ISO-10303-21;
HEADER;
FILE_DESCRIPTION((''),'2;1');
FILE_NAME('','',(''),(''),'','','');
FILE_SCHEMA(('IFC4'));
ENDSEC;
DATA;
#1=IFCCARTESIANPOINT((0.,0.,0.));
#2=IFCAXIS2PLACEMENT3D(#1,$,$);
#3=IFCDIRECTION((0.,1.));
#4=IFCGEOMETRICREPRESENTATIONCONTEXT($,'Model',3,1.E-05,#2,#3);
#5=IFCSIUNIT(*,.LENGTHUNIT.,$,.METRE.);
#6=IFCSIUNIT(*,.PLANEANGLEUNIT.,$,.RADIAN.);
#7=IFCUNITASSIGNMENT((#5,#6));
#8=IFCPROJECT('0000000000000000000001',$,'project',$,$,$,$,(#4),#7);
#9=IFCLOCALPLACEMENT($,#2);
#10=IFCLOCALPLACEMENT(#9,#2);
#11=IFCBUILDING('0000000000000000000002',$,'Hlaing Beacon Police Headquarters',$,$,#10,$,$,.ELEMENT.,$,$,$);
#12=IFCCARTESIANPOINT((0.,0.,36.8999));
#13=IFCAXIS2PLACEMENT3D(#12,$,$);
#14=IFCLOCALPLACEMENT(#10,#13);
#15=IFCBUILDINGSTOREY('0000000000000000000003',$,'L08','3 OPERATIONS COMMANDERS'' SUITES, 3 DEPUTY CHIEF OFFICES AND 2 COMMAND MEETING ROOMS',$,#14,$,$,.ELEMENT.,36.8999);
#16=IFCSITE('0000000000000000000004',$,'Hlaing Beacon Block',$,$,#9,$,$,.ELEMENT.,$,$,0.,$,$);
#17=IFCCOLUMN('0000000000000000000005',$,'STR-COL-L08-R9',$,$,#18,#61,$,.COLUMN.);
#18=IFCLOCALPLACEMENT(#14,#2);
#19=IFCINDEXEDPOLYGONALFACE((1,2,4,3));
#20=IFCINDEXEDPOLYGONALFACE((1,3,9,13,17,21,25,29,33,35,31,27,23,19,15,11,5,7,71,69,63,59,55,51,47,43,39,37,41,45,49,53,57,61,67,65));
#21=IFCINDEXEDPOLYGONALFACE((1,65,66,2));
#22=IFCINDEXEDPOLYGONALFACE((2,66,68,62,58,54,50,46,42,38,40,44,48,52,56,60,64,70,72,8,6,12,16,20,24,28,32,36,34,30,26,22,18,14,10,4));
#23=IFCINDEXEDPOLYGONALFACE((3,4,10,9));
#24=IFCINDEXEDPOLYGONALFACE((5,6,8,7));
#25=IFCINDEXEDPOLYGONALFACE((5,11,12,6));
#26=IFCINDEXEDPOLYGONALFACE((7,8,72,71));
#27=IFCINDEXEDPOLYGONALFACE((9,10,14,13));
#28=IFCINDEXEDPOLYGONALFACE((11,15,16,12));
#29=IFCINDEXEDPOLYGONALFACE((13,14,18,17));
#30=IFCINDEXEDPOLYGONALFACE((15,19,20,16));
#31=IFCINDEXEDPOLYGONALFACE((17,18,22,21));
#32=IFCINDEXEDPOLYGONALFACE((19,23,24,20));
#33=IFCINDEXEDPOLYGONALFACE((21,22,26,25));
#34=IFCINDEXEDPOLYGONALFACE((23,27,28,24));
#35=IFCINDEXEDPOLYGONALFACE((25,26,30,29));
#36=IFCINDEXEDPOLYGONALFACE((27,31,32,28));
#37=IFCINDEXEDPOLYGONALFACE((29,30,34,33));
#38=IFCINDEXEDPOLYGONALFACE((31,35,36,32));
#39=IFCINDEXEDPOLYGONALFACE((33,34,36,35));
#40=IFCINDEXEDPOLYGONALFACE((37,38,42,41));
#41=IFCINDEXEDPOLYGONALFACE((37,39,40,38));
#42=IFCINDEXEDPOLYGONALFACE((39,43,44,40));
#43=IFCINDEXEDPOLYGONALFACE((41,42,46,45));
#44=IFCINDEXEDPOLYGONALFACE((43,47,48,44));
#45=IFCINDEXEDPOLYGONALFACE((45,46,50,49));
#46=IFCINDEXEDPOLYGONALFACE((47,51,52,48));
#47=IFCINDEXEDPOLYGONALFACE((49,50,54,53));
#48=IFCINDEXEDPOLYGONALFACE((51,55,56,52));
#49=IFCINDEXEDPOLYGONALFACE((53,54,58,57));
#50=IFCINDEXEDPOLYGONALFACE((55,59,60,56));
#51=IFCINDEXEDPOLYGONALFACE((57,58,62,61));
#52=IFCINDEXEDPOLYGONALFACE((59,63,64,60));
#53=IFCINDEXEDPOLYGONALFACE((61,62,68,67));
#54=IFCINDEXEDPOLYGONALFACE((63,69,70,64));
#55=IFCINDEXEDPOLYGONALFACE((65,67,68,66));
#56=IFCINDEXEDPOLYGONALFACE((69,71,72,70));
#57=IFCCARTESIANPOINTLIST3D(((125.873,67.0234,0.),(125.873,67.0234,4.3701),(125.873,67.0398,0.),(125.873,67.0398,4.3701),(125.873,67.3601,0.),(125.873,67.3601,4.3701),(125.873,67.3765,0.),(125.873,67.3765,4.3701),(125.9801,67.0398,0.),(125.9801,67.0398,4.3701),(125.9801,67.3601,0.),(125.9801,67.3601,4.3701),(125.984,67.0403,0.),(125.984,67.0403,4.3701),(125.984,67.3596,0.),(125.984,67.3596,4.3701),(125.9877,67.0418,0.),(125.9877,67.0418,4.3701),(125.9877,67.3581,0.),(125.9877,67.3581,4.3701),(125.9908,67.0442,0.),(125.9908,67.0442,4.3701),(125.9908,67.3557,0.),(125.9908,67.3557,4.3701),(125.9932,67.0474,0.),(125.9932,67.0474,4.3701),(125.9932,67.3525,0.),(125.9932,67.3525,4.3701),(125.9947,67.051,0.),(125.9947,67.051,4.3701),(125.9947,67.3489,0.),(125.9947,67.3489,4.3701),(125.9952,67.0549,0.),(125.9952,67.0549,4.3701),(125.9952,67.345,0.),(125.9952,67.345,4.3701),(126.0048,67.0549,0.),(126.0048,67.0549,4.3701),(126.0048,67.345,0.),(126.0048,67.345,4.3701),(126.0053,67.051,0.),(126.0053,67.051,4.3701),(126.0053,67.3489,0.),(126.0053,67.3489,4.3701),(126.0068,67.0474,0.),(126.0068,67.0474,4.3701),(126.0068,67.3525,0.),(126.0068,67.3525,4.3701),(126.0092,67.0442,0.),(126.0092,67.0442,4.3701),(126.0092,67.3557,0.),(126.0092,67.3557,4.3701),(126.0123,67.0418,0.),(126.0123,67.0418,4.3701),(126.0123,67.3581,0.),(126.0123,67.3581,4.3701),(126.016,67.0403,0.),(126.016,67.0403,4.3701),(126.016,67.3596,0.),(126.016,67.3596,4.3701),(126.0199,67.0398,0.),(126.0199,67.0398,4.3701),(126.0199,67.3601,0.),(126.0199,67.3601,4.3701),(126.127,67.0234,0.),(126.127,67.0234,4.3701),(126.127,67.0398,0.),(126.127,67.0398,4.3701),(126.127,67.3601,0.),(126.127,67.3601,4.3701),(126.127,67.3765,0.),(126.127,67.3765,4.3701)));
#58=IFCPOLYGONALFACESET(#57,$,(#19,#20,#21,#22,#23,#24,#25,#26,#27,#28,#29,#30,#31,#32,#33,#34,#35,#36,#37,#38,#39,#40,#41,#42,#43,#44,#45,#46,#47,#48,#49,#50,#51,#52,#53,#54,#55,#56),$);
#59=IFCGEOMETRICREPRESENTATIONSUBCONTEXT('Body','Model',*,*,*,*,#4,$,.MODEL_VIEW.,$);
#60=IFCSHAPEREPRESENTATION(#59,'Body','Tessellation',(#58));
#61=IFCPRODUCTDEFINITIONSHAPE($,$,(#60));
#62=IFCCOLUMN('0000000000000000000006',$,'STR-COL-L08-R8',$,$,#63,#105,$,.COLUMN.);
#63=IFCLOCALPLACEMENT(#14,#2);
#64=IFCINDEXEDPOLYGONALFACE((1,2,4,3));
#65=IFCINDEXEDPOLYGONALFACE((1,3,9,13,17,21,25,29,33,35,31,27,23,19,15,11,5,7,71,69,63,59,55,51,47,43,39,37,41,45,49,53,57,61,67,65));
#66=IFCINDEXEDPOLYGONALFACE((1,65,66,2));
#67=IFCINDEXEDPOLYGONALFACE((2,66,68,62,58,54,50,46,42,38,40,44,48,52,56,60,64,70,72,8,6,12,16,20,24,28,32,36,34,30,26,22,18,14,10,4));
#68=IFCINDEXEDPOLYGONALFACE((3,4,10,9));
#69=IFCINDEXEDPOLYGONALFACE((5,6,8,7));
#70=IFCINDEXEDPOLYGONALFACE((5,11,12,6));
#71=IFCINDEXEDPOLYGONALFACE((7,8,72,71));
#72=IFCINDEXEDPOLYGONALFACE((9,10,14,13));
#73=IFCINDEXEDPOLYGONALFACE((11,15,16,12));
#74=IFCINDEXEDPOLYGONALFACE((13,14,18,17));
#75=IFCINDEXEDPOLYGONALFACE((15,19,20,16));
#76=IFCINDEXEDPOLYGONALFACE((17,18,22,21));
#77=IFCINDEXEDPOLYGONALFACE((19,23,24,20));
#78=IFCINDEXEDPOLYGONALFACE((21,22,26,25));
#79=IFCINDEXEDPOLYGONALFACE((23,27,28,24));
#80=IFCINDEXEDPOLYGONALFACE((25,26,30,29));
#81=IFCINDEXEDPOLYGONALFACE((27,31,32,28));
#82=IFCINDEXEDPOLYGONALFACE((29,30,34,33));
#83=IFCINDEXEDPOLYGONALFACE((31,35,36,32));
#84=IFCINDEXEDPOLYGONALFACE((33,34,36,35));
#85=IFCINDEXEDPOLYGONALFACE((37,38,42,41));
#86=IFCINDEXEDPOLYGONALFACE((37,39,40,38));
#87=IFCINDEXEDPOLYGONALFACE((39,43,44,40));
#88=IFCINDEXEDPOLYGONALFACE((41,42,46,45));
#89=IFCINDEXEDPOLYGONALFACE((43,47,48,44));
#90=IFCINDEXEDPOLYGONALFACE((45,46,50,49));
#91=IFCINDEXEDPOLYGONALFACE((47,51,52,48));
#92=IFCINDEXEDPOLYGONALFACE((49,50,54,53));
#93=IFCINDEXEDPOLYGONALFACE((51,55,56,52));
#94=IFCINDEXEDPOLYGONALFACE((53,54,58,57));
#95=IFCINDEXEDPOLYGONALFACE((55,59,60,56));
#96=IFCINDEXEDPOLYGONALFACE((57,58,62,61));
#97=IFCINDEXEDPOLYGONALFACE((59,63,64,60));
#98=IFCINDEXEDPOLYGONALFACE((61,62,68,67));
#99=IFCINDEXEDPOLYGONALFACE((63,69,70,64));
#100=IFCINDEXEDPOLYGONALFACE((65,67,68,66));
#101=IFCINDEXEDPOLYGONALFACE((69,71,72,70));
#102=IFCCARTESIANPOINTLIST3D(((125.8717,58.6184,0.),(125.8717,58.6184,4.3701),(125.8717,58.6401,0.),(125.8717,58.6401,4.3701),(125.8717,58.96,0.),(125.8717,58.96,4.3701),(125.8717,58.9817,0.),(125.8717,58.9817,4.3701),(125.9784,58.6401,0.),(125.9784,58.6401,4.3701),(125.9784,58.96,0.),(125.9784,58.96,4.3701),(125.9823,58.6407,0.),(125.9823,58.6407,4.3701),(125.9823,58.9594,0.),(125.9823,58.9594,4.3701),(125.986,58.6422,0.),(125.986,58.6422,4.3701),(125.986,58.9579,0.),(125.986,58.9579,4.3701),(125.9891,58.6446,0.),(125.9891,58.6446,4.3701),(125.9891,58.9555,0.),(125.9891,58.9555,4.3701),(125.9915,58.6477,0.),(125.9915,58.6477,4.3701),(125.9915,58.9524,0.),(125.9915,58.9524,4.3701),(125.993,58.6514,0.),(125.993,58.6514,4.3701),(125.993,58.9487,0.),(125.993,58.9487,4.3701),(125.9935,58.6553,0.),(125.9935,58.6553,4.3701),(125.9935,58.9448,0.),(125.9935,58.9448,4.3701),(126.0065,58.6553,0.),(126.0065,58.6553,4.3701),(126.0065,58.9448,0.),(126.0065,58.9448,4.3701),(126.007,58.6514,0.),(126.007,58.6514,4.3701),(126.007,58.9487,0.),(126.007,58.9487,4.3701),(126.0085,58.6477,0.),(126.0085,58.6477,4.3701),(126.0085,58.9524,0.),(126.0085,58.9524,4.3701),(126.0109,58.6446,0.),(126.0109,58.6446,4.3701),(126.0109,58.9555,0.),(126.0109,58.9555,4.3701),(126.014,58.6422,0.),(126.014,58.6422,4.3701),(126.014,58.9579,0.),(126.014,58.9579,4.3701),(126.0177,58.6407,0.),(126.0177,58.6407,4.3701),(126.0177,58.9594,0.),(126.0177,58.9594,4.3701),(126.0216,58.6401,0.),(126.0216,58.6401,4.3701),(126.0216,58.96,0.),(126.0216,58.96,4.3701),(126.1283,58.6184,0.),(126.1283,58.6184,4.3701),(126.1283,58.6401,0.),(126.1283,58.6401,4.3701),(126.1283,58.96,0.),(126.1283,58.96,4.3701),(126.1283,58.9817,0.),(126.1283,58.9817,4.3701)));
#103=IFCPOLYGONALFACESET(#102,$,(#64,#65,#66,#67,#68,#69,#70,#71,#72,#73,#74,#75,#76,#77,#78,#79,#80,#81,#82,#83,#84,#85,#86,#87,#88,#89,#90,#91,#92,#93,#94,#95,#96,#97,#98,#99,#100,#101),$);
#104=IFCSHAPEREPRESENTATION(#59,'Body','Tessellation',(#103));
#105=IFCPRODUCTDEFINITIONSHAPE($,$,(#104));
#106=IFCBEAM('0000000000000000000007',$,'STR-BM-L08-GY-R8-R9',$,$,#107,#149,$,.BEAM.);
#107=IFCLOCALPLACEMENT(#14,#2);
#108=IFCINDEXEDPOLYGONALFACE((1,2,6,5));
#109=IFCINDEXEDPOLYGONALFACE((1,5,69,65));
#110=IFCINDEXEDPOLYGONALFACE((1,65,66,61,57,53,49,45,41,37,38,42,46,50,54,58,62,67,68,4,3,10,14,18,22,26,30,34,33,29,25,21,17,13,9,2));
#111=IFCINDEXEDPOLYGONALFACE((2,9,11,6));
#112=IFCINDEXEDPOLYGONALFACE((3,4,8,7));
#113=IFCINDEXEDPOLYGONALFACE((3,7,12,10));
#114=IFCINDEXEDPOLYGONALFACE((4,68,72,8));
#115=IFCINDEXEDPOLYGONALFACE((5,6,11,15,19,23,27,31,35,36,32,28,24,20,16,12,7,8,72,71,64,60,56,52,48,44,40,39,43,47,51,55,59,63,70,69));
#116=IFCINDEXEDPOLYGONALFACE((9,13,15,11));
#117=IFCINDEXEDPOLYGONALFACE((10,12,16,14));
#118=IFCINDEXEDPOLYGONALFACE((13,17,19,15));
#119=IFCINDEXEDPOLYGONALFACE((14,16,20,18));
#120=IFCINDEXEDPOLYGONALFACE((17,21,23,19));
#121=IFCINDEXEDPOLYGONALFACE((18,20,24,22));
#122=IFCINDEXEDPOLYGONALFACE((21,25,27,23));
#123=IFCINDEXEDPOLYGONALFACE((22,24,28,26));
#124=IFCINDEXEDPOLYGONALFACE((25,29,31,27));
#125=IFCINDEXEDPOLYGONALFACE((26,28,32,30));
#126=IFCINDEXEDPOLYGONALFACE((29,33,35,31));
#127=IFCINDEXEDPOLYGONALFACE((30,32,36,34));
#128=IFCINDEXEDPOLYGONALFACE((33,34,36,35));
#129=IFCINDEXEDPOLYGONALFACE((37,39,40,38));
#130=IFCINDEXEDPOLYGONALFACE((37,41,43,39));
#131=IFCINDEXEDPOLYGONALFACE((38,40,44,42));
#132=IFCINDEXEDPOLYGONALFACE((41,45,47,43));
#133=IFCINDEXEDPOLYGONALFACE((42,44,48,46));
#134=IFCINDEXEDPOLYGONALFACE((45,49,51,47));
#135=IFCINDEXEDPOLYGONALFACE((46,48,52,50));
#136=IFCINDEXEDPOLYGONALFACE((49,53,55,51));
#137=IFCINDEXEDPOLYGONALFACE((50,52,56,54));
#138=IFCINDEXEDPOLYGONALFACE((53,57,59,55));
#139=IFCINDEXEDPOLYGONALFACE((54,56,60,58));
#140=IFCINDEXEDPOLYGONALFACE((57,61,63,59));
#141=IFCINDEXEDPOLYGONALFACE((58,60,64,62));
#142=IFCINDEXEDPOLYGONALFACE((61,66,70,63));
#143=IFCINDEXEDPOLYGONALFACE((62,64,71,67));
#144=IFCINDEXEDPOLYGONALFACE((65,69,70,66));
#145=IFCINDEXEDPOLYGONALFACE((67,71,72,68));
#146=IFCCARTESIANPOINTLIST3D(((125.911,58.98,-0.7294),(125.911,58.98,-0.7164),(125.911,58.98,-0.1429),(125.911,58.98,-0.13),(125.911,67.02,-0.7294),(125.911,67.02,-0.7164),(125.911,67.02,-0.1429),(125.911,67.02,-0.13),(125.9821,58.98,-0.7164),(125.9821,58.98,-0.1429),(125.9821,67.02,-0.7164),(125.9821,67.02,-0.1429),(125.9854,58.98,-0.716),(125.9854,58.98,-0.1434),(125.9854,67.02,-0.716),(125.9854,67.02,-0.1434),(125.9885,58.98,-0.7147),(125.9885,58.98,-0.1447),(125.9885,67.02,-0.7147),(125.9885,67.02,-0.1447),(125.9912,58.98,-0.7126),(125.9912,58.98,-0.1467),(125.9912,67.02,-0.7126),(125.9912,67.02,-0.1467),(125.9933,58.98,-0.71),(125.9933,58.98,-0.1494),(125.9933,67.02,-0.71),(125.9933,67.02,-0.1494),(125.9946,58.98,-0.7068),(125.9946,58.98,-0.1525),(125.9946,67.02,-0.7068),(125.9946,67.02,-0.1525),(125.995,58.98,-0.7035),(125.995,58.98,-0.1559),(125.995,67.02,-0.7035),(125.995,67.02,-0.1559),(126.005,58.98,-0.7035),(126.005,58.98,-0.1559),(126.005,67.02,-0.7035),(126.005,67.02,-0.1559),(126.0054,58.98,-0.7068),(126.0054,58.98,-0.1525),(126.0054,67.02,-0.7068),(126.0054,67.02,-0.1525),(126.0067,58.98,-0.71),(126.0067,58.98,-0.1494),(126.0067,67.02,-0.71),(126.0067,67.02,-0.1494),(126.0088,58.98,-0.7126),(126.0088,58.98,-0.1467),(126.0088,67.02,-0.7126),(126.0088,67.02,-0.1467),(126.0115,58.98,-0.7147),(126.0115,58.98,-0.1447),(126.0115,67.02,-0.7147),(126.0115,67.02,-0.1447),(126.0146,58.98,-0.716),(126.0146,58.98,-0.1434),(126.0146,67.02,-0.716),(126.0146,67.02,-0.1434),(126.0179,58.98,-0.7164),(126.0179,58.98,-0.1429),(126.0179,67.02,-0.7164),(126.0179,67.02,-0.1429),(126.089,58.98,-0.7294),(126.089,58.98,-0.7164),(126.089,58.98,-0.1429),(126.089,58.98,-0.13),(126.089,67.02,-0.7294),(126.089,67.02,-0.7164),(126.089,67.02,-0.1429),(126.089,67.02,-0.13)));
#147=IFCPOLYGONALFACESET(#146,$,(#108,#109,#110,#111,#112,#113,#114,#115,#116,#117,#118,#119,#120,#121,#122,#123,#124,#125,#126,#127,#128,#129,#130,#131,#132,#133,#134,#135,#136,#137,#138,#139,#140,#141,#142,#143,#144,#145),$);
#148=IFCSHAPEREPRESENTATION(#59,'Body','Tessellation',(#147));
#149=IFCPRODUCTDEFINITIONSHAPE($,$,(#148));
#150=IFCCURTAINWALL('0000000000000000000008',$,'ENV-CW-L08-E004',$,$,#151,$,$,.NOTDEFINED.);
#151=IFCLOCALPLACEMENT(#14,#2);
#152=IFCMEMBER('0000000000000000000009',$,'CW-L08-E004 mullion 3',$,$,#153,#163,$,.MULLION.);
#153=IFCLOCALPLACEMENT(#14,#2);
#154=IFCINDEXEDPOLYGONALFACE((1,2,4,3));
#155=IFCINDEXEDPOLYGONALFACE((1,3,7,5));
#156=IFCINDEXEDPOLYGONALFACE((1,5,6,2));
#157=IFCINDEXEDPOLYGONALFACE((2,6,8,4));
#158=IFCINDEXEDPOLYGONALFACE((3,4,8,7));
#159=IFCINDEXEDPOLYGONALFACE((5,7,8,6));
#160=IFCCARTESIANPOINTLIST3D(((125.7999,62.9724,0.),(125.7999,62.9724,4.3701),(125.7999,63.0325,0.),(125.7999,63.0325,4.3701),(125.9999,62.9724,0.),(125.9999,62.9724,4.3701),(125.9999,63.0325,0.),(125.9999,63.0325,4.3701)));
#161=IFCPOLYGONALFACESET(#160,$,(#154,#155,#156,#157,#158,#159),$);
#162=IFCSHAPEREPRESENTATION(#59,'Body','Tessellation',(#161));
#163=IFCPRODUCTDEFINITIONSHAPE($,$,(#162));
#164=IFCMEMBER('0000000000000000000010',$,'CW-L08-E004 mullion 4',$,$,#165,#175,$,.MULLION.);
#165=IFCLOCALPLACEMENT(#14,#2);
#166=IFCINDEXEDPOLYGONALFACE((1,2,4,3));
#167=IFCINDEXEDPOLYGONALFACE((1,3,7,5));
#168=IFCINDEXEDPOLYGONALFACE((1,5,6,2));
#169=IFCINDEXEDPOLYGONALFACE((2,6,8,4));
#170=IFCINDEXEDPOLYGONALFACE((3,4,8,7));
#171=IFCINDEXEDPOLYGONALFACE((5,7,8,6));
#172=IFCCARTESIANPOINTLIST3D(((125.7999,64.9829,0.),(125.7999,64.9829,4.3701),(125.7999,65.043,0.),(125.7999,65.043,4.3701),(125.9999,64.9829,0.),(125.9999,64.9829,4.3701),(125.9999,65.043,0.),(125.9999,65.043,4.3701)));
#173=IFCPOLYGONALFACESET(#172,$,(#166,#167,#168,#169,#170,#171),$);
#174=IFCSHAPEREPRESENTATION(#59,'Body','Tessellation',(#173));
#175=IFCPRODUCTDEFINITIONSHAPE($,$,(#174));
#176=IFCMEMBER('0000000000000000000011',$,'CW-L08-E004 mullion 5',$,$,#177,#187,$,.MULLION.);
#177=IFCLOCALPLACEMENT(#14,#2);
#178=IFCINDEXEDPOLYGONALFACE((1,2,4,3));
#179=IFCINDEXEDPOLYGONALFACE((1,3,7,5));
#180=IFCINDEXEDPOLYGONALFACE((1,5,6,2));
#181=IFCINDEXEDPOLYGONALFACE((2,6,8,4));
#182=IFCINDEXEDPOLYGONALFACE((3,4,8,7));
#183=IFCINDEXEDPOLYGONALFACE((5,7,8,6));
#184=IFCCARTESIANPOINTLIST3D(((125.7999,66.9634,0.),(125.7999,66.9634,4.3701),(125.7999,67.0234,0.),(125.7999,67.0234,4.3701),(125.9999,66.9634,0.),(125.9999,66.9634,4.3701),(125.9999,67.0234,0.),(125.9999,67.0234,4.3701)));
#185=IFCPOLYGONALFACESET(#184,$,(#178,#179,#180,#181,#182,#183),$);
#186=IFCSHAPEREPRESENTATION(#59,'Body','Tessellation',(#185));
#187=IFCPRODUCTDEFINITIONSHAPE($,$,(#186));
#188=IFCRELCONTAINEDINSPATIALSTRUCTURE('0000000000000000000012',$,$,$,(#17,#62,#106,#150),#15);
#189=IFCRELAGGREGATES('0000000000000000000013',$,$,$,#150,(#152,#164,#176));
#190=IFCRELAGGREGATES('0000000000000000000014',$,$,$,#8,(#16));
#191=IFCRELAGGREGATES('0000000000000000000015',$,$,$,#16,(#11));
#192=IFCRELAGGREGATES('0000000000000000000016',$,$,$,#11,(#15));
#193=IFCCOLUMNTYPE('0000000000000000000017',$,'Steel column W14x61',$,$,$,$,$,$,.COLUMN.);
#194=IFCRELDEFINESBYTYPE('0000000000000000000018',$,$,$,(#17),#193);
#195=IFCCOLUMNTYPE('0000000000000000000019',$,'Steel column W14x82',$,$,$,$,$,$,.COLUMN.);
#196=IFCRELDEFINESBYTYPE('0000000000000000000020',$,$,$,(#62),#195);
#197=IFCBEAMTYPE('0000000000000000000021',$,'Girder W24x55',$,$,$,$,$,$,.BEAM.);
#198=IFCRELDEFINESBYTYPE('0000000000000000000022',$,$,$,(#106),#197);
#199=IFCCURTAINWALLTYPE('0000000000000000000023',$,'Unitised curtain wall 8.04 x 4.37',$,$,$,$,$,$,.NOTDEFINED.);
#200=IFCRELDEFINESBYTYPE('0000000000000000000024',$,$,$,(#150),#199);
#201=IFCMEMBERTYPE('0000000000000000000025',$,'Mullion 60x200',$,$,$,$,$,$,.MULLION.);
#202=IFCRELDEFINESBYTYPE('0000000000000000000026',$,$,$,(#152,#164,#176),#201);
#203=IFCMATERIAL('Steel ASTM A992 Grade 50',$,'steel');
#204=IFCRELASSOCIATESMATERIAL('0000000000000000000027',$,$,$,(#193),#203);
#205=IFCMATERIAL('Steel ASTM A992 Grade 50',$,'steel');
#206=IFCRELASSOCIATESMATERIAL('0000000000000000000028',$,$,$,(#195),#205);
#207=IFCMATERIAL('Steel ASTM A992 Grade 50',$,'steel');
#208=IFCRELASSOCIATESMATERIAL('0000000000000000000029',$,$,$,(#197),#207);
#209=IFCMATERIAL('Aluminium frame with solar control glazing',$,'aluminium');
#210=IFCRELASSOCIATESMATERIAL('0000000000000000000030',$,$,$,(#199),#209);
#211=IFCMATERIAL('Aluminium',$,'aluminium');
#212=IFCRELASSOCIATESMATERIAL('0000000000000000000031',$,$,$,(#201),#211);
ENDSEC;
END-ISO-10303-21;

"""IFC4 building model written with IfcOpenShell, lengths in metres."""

from ifc_helpers import new_model, si_unit, direction, frame, origin, origin_2d, place, context, subcontext, project, spatial, rectangle, i_section, extrude, material, material_profile, profile_set, type_object, element, aggregate, save


model = new_model("IFC4")

# Units and contexts
model_context = context("Model", 3, precision=1e-05, world=origin(), true_north=direction((0.0, 1.0)))
body_context = subcontext(model_context, "Body", "Model", "MODEL_VIEW")
ifc_project = project(units=[si_unit("LENGTHUNIT", "METRE"), si_unit("PLANEANGLEUNIT", "RADIAN")], contexts=[model_context])

# Site, building, storey
site_placement = place(None, origin())
site = spatial("IfcSite", under=ifc_project, at=site_placement, Name="Hlaing Beacon Block", CompositionType="ELEMENT", RefElevation=0.0)
building_placement = place(site_placement, origin())
building = spatial("IfcBuilding", under=site, at=building_placement, Name="Hlaing Beacon Police Headquarters", CompositionType="ELEMENT")
storey_placement = place(building_placement, frame((0.0, 0.0, 36.8999)))
storey = spatial("IfcBuildingStorey", under=building, at=storey_placement, Name="L08", Description="3 OPERATIONS COMMANDERS' SUITES, 3 DEPUTY CHIEF OFFICES AND 2 COMMAND MEETING ROOMS", CompositionType="ELEMENT", Elevation=36.8999)

# Columns
ifc_material_1 = material(Name="Steel ASTM A992 Grade 50", Category="steel")
ifc_material_profile_1 = material_profile(ifc_material_1, i_section(OverallWidth=0.2539, OverallDepth=0.353, WebThickness=0.0095, FlangeThickness=0.0164, FilletRadius=0.0151, at=origin_2d()), Name="W14x61")
ifc_profile_set_1 = profile_set([ifc_material_profile_1], Name="Steel ASTM A992 Grade 50")
column_type_1 = type_object("IfcColumnType", Name="Steel column W14x61", PredefinedType="COLUMN", material=ifc_profile_set_1)
column_1_placement = place(storey_placement, frame((126.0, 67.2, 0.0), z_axis=(0.0, 0.0, 1.0), x_axis=(1.0, 0.0, 0.0)))
element("IfcColumn", 1, at=column_1_placement, inside=storey, type_object=column_type_1, Name="STR-COL-L08-R9", PredefinedType="COLUMN", context=body_context, shape_type="SweptSolid", body=[
    extrude(i_section(OverallWidth=0.2539, OverallDepth=0.353, WebThickness=0.0095, FlangeThickness=0.0164, FilletRadius=0.0151, at=origin_2d()), origin(), (0.0, 0.0, 1.0), 4.3701),
])
ifc_material_2 = material(Name="Steel ASTM A992 Grade 50", Category="steel")
ifc_material_profile_2 = material_profile(ifc_material_2, i_section(OverallWidth=0.2566, OverallDepth=0.3633, WebThickness=0.0129, FlangeThickness=0.0217, FilletRadius=0.0151, at=origin_2d()), Name="W14x82")
ifc_profile_set_2 = profile_set([ifc_material_profile_2], Name="Steel ASTM A992 Grade 50")
column_type_2 = type_object("IfcColumnType", Name="Steel column W14x82", PredefinedType="COLUMN", material=ifc_profile_set_2)
column_2_placement = place(storey_placement, frame((126.0, 58.8, 0.0), z_axis=(0.0, 0.0, 1.0), x_axis=(1.0, 0.0, 0.0)))
element("IfcColumn", 2, at=column_2_placement, inside=storey, type_object=column_type_2, Name="STR-COL-L08-R8", PredefinedType="COLUMN", context=body_context, shape_type="SweptSolid", body=[
    extrude(i_section(OverallWidth=0.2566, OverallDepth=0.3633, WebThickness=0.0129, FlangeThickness=0.0217, FilletRadius=0.0151, at=origin_2d()), origin(), (0.0, 0.0, 1.0), 4.3701),
])

# Beam
ifc_material_3 = material(Name="Steel ASTM A992 Grade 50", Category="steel")
ifc_material_profile_3 = material_profile(ifc_material_3, i_section(OverallWidth=0.178, OverallDepth=0.5994, WebThickness=0.01, FlangeThickness=0.0129, FilletRadius=0.0129, at=origin_2d()), Name="W24x55")
ifc_profile_set_3 = profile_set([ifc_material_profile_3], Name="Steel ASTM A992 Grade 50")
beam_type = type_object("IfcBeamType", Name="Girder W24x55", PredefinedType="BEAM", material=ifc_profile_set_3)
beam_placement = place(storey_placement, frame((126.0, 58.98, -0.4297), z_axis=(0.0, 1.0, 0.0), x_axis=(-1.0, 0.0, 0.0)))
element("IfcBeam", 3, at=beam_placement, inside=storey, type_object=beam_type, Name="STR-BM-L08-GY-R8-R9", PredefinedType="BEAM", context=body_context, shape_type="SweptSolid", body=[
    extrude(i_section(OverallWidth=0.178, OverallDepth=0.5994, WebThickness=0.01, FlangeThickness=0.0129, FilletRadius=0.0129, at=origin_2d()), origin(), (0.0, 0.0, 1.0), 8.04),
])

# Curtain wall, members
ifc_material_4 = material(Name="Aluminium frame with solar control glazing", Category="aluminium")
curtain_wall_type = type_object("IfcCurtainWallType", Name="Unitised curtain wall 8.04 x 4.37", PredefinedType="NOTDEFINED", material=ifc_material_4)
curtain_wall_placement = place(storey_placement, origin())
curtain_wall = element("IfcCurtainWall", 4, at=curtain_wall_placement, inside=storey, type_object=curtain_wall_type, Name="ENV-CW-L08-E004", PredefinedType="NOTDEFINED")
ifc_material_5 = material(Name="Aluminium", Category="aluminium")
ifc_material_profile_4 = material_profile(ifc_material_5, rectangle(XDim=0.2, YDim=0.0601, at=origin_2d()), Name="Mullion 60x200")
ifc_profile_set_4 = profile_set([ifc_material_profile_4], Name="Aluminium")
member_type_1 = type_object("IfcMemberType", Name="Mullion 60x200", PredefinedType="MULLION", material=ifc_profile_set_4)
member_1_placement = place(storey_placement, frame((125.8999, 63.0024, 0.0), z_axis=(0.0, 0.0, 1.0), x_axis=(-1.0, 0.0, 0.0)))
member_1 = element("IfcMember", 5, at=member_1_placement, type_object=member_type_1, Name="CW-L08-E004 mullion 3", PredefinedType="MULLION", context=body_context, shape_type="SweptSolid", body=[
    extrude(rectangle(XDim=0.2, YDim=0.0601, at=origin_2d()), origin(), (0.0, 0.0, 1.0), 4.3701),
])
member_2_placement = place(storey_placement, frame((125.8999, 65.0129, 0.0), z_axis=(0.0, 0.0, 1.0), x_axis=(-1.0, 0.0, 0.0)))
member_2 = element("IfcMember", 6, at=member_2_placement, type_object=member_type_1, Name="CW-L08-E004 mullion 4", PredefinedType="MULLION", context=body_context, shape_type="SweptSolid", body=[
    extrude(rectangle(XDim=0.2, YDim=0.0601, at=origin_2d()), origin(), (0.0, 0.0, 1.0), 4.3701),
])
member_3_placement = place(storey_placement, frame((125.8999, 66.9934, 0.0), z_axis=(0.0, 0.0, 1.0), x_axis=(-1.0, 0.0, 0.0)))
member_3 = element("IfcMember", 7, at=member_3_placement, type_object=member_type_1, Name="CW-L08-E004 mullion 5", PredefinedType="MULLION", context=body_context, shape_type="SweptSolid", body=[
    extrude(rectangle(XDim=0.2, YDim=0.0601, at=origin_2d()), origin(), (0.0, 0.0, 1.0), 4.3701),
])
aggregate(curtain_wall, [member_1, member_2, member_3])

save(model, "model.ifc")
